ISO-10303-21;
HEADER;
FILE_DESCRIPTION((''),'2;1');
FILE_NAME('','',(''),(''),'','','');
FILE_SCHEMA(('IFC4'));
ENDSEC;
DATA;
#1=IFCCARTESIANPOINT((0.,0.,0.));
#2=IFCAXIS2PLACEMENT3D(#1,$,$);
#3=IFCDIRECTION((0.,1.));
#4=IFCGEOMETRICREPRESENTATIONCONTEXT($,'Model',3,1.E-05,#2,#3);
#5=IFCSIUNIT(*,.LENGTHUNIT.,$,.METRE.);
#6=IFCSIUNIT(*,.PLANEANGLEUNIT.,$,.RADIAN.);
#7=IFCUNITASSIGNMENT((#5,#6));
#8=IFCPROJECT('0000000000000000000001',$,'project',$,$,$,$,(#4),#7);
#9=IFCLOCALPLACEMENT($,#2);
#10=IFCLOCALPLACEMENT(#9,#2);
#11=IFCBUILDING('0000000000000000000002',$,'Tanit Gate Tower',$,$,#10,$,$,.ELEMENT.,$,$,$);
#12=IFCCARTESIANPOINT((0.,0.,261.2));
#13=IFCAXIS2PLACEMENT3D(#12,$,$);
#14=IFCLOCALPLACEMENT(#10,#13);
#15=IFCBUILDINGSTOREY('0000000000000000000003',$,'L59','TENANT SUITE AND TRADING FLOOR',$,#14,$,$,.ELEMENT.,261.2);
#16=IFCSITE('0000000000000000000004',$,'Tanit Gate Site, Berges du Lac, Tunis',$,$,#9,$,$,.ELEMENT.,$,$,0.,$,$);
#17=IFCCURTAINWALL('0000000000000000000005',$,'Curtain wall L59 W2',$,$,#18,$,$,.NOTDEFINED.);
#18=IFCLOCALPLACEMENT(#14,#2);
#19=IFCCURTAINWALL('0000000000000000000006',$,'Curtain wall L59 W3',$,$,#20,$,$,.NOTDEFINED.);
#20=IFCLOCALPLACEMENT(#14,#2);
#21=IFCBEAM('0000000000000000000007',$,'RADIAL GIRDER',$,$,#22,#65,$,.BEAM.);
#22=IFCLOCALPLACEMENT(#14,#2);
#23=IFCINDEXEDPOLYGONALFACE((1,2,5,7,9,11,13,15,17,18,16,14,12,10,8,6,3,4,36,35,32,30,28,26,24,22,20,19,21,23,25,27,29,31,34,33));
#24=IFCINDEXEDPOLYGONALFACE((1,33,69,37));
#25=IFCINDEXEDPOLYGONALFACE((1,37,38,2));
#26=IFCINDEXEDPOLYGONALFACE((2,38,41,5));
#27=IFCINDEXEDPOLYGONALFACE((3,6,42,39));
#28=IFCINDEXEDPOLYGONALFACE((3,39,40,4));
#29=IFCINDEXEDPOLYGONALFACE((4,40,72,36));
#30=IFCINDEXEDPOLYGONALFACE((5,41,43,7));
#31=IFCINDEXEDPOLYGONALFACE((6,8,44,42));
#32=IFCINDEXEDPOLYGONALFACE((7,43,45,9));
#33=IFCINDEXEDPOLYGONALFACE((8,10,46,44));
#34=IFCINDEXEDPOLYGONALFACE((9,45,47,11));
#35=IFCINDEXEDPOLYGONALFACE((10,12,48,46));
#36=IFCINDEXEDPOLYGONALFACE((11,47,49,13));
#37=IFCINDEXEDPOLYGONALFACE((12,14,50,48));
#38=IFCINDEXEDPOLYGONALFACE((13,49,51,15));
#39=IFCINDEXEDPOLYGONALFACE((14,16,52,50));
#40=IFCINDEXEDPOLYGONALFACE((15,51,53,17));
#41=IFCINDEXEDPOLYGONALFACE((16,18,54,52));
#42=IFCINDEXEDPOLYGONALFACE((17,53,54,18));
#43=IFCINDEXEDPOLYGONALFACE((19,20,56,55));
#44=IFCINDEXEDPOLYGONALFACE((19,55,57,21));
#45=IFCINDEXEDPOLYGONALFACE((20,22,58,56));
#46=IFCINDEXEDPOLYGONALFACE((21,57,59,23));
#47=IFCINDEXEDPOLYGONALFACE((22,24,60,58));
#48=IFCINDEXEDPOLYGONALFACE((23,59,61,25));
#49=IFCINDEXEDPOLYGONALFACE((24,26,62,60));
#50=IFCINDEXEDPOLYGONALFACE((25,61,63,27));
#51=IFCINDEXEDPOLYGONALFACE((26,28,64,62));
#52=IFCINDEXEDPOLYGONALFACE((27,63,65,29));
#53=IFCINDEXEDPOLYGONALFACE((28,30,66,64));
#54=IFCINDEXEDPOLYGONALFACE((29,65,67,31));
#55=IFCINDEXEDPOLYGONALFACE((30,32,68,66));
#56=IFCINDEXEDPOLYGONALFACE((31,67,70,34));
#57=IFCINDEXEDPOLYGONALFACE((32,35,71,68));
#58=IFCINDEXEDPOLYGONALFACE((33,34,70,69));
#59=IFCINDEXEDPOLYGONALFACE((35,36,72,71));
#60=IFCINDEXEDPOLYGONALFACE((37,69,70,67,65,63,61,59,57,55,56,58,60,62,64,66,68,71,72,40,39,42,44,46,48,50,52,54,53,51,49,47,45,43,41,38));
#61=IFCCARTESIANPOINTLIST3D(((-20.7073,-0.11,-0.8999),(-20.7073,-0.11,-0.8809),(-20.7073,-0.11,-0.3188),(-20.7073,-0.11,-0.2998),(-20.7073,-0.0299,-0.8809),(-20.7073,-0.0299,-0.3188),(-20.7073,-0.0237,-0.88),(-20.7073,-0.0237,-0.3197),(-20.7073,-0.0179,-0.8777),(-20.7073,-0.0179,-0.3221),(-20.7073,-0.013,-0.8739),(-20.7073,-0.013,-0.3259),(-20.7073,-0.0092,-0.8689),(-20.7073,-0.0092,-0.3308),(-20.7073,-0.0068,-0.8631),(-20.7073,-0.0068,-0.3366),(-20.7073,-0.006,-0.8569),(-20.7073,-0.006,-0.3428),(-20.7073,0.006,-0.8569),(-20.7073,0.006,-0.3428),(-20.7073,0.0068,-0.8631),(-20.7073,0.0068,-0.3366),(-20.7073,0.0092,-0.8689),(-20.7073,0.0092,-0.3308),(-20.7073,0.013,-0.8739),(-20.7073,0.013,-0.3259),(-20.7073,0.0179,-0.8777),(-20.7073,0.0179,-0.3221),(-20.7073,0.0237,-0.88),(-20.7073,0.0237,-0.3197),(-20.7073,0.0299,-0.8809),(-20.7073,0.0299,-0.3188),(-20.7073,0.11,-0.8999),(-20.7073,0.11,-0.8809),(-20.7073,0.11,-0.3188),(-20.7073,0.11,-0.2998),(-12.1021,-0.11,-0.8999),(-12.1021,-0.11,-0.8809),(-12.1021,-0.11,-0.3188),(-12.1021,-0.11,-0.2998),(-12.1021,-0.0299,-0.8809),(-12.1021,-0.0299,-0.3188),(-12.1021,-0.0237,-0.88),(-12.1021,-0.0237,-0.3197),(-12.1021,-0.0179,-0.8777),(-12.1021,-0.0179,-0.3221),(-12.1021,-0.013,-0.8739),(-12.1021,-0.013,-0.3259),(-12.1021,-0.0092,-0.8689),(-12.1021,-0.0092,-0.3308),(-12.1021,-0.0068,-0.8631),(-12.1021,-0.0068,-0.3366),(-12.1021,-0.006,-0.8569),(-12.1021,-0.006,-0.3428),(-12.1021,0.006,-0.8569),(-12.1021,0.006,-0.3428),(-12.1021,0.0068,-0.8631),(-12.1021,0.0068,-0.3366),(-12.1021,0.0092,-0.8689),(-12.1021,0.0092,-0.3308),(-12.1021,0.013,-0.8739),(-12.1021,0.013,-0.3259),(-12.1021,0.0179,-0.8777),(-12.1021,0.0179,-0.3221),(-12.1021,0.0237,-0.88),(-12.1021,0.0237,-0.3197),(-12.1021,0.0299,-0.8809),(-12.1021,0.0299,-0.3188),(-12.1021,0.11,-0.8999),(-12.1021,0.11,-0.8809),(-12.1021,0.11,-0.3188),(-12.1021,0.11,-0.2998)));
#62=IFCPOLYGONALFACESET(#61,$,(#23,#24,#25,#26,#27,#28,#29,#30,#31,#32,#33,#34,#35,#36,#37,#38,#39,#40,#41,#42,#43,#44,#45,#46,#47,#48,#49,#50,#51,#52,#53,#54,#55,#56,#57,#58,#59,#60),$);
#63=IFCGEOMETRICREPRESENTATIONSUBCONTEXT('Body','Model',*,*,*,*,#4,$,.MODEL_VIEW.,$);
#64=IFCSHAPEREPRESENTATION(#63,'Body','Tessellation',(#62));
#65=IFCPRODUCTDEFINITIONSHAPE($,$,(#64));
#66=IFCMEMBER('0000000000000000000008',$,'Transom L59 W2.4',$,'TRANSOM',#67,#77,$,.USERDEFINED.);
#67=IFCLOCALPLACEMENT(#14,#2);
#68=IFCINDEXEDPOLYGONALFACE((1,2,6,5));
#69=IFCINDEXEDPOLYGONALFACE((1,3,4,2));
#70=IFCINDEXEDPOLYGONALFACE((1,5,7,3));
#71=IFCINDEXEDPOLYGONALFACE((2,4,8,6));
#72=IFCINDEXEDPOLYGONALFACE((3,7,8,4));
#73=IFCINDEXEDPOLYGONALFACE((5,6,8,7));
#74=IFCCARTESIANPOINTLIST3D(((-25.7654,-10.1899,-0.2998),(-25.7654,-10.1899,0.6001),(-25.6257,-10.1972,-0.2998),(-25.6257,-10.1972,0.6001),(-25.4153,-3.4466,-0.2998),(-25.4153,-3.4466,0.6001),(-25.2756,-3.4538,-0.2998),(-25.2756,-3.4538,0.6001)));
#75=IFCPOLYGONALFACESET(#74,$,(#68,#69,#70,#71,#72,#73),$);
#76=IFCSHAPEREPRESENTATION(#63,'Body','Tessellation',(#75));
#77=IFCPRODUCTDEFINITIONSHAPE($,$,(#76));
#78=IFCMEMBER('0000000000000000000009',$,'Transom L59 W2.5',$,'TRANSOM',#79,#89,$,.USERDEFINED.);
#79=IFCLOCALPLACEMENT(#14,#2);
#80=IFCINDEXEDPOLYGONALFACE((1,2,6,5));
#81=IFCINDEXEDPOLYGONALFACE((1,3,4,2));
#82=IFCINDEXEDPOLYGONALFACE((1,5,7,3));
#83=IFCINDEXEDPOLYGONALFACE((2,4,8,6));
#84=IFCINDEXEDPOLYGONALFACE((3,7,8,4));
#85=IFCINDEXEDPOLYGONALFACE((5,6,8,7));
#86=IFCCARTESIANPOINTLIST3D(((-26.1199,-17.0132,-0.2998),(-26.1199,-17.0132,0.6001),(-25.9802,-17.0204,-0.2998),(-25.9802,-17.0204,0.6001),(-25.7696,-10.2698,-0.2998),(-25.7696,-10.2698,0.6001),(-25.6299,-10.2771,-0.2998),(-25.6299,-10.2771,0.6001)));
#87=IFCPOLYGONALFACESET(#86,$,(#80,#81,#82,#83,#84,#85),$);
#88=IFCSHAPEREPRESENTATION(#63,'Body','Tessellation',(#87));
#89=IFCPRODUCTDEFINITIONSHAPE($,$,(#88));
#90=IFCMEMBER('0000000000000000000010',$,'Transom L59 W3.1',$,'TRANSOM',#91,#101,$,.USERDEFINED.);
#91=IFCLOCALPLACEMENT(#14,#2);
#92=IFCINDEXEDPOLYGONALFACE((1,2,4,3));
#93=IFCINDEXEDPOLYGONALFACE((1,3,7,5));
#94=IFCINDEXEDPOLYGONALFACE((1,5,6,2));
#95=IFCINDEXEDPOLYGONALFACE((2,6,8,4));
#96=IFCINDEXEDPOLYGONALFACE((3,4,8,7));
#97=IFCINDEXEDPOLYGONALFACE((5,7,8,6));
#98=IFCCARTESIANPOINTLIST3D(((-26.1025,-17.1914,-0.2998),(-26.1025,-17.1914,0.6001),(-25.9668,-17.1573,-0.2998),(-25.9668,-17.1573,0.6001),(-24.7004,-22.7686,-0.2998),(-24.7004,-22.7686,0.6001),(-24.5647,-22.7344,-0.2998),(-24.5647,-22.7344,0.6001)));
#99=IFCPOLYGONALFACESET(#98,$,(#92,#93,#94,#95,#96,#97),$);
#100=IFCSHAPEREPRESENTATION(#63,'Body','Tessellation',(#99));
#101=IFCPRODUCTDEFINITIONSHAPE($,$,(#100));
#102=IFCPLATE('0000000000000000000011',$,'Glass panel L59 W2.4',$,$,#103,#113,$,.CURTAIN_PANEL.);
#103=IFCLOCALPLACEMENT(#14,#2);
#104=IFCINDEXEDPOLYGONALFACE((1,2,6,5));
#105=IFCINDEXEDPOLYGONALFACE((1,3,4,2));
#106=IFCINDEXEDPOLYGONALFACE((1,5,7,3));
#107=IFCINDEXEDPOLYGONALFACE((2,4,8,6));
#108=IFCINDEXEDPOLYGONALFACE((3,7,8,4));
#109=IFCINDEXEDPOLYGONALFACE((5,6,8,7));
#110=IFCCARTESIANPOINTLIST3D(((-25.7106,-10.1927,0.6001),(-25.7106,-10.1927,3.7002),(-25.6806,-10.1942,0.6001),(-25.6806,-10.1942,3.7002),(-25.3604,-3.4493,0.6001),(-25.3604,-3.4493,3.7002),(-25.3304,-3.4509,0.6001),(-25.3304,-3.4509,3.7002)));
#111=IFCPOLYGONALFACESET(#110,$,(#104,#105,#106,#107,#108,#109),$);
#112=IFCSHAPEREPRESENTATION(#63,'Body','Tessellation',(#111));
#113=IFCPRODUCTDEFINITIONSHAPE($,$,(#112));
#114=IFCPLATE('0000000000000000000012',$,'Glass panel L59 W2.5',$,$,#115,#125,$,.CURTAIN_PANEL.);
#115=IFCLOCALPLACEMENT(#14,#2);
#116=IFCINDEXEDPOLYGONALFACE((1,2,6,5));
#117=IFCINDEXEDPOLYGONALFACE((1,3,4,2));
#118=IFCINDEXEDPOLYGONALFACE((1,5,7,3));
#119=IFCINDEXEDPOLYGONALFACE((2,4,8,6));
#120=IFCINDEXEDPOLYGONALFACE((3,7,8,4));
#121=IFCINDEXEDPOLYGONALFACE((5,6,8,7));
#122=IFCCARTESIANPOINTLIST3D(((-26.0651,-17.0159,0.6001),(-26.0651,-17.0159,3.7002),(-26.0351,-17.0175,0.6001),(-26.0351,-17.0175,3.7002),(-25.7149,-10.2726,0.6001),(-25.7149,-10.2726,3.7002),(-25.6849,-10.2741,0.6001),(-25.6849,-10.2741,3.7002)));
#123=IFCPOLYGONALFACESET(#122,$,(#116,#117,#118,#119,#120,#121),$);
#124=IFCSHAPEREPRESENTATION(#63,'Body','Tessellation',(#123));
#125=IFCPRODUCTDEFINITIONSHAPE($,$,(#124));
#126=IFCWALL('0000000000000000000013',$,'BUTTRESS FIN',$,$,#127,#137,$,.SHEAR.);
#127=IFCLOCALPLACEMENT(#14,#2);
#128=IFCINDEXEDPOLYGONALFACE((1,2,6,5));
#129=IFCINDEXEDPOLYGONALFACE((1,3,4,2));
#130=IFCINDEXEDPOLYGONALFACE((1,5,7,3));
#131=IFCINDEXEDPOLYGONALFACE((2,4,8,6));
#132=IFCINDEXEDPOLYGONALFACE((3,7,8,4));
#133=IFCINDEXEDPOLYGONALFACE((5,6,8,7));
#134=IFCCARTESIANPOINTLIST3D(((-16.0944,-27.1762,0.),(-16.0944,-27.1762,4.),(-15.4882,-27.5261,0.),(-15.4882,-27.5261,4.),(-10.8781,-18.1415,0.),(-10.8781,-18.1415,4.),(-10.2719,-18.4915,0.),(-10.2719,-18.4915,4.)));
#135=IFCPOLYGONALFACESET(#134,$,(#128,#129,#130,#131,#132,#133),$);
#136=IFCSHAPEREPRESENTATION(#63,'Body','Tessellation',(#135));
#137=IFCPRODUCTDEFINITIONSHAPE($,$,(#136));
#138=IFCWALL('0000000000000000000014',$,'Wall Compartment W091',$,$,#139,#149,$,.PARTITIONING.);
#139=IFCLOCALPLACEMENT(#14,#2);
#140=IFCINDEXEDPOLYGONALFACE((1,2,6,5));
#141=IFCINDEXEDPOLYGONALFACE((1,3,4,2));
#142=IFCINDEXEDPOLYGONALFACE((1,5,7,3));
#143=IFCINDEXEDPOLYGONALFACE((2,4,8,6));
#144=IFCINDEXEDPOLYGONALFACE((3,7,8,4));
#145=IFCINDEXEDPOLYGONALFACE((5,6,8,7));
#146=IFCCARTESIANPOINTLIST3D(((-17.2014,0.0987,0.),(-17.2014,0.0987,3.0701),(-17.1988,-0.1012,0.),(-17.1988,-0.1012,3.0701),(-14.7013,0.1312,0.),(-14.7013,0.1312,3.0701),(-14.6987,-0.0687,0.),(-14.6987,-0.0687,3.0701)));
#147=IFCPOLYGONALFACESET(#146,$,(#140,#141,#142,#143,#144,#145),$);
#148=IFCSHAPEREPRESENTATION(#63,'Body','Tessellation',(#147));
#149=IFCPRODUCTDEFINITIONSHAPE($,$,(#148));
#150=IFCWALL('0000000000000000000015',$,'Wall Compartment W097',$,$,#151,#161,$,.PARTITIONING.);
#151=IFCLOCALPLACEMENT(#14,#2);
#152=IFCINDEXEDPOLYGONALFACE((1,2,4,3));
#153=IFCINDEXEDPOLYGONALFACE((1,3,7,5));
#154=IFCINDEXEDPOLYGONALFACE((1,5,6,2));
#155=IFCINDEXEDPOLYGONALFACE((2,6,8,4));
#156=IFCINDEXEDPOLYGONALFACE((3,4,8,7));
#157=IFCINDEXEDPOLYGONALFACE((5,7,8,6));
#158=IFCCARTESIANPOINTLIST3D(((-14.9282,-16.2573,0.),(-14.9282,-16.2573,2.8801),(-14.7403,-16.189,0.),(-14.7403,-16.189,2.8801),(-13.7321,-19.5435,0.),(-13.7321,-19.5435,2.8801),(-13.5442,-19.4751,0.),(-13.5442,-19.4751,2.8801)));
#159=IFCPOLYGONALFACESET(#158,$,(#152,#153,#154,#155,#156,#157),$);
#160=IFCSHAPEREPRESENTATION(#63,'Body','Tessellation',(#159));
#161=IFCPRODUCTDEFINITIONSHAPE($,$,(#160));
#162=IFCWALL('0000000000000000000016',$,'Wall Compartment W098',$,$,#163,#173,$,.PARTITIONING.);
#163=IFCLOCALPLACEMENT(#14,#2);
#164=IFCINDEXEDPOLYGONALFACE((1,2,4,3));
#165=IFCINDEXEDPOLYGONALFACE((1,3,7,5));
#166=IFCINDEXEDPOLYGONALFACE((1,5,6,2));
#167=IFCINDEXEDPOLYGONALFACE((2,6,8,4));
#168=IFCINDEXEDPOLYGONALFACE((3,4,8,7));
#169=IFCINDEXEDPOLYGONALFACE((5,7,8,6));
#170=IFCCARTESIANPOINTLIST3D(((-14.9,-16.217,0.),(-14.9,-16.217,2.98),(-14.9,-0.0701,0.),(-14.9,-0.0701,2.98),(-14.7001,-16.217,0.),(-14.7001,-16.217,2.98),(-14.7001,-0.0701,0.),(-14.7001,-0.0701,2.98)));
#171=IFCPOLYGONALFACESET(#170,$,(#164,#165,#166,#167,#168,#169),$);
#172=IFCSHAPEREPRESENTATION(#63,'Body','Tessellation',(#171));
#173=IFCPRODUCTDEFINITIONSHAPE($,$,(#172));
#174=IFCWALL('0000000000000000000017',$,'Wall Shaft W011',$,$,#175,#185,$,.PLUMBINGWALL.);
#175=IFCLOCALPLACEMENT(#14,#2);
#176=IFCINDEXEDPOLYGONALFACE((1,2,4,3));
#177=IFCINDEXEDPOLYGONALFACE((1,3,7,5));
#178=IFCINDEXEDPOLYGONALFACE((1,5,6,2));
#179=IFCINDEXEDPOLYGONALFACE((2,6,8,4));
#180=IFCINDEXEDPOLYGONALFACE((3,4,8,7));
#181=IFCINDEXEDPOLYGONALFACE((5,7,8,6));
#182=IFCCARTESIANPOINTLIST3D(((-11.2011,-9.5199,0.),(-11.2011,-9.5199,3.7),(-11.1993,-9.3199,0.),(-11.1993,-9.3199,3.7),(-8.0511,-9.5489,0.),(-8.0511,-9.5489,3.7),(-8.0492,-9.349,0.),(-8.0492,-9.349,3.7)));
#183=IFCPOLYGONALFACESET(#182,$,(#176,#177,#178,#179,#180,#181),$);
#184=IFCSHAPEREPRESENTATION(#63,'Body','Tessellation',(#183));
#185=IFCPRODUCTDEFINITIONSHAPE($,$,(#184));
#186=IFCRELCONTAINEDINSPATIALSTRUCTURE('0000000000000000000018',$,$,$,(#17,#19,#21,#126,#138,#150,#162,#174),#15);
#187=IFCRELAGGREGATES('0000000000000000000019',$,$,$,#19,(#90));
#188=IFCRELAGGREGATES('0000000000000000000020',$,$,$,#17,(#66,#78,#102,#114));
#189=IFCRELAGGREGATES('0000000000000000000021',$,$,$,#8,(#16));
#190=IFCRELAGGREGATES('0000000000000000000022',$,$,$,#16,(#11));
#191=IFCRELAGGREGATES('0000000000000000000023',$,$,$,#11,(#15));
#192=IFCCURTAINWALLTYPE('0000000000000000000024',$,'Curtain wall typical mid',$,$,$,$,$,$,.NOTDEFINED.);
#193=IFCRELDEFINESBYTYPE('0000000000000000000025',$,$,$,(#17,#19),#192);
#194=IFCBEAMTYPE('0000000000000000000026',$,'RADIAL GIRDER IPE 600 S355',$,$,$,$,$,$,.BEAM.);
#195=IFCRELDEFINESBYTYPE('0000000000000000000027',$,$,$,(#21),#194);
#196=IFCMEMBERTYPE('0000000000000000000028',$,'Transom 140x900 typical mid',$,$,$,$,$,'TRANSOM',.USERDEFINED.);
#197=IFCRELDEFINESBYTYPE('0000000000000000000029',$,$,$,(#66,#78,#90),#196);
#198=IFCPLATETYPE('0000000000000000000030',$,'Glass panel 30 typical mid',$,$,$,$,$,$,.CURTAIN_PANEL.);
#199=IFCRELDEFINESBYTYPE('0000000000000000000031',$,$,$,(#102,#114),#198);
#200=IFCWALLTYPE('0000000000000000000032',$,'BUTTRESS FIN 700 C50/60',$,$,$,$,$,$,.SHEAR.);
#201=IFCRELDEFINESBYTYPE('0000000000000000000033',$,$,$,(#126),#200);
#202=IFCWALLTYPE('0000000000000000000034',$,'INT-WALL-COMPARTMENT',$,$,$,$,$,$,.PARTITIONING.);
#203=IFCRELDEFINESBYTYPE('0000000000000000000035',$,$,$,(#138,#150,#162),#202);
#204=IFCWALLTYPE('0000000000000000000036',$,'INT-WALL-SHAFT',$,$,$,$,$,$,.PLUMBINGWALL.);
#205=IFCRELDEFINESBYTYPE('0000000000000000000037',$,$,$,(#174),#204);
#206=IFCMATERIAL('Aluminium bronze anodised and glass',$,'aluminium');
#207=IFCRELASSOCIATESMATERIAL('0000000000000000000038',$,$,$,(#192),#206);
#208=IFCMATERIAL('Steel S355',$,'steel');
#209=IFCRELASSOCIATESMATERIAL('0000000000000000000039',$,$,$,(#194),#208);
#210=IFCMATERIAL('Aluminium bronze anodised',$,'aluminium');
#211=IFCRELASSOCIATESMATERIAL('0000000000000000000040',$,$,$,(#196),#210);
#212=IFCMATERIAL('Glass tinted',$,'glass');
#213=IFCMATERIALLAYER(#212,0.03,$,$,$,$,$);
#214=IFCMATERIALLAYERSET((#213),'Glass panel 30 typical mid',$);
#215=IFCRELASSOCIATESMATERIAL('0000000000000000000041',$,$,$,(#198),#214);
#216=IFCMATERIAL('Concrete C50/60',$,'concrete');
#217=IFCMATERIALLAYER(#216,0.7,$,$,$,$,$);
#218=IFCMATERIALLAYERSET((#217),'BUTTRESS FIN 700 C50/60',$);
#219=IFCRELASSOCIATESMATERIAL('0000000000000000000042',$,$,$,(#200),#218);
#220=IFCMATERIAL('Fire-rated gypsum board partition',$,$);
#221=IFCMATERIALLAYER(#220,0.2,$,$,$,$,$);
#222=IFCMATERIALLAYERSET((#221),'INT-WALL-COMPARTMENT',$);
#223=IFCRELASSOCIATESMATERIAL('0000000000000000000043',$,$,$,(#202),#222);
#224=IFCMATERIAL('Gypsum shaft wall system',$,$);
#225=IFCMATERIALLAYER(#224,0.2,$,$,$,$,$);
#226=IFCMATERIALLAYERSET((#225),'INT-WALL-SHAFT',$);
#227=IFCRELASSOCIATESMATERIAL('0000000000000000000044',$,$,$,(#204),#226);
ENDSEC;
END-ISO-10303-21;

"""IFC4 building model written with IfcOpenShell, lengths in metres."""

from ifc_helpers import new_model, si_unit, direction, frame, frame_2d, origin, origin_2d, place, context, subcontext, project, spatial, rectangle, i_section, extrude, material, layer, layer_set, material_profile, profile_set, type_object, element, aggregate, save


model = new_model("IFC4")

# Units and contexts
model_context = context("Model", 3, precision=1e-05, world=origin(), true_north=direction((0.0, 1.0)))
body_context = subcontext(model_context, "Body", "Model", "MODEL_VIEW")
ifc_project = project(units=[si_unit("LENGTHUNIT", "METRE"), si_unit("PLANEANGLEUNIT", "RADIAN")], contexts=[model_context])

# Site, building, storey
site_placement = place(None, origin())
site = spatial("IfcSite", under=ifc_project, at=site_placement, Name="Tanit Gate Site, Berges du Lac, Tunis", CompositionType="ELEMENT", RefElevation=0.0)
building_placement = place(site_placement, origin())
building = spatial("IfcBuilding", under=site, at=building_placement, Name="Tanit Gate Tower", CompositionType="ELEMENT")
storey_placement = place(building_placement, frame((0.0, 0.0, 261.2)))
storey = spatial("IfcBuildingStorey", under=building, at=storey_placement, Name="L59", Description="TENANT SUITE AND TRADING FLOOR", CompositionType="ELEMENT", Elevation=261.2)

# Curtain wall
ifc_material_1 = material(Name="Aluminium bronze anodised and glass", Category="aluminium")
curtain_wall_type = type_object("IfcCurtainWallType", Name="Curtain wall typical mid", PredefinedType="NOTDEFINED", material=ifc_material_1)
curtain_wall_1_placement = place(storey_placement, origin())
curtain_wall_1 = element("IfcCurtainWall", 1, at=curtain_wall_1_placement, inside=storey, type_object=curtain_wall_type, Name="Curtain wall L59 W2", PredefinedType="NOTDEFINED")

# Curtain wall
curtain_wall_2_placement = place(storey_placement, origin())
curtain_wall_2 = element("IfcCurtainWall", 2, at=curtain_wall_2_placement, inside=storey, type_object=curtain_wall_type, Name="Curtain wall L59 W3", PredefinedType="NOTDEFINED")

# Beam
ifc_material_2 = material(Name="Steel S355", Category="steel")
ifc_material_profile_1 = material_profile(ifc_material_2, i_section(OverallWidth=0.22, OverallDepth=0.6001, WebThickness=0.012, FlangeThickness=0.019, FilletRadius=0.0239, at=origin_2d()), Name="IPE 600")
ifc_profile_set_1 = profile_set([ifc_material_profile_1], Name="Steel S355")
beam_type_1 = type_object("IfcBeamType", Name="RADIAL GIRDER IPE 600 S355", PredefinedType="BEAM", material=ifc_profile_set_1)
beam_1_placement = place(storey_placement, frame((-20.7073, 0.0, -0.5999), z_axis=(1.0, 0.0, 0.0), x_axis=(0.0, 1.0, 0.0)))
element("IfcBeam", 3, at=beam_1_placement, inside=storey, type_object=beam_type_1, Name="RADIAL GIRDER", PredefinedType="BEAM", context=body_context, shape_type="SweptSolid", body=[
    extrude(i_section(OverallWidth=0.22, OverallDepth=0.6001, WebThickness=0.012, FlangeThickness=0.019, FilletRadius=0.0239, at=origin_2d()), origin(), (0.0, 0.0, 1.0), 8.6052),
])

# Members
ifc_material_3 = material(Name="Aluminium bronze anodised", Category="aluminium")
ifc_material_profile_2 = material_profile(ifc_material_3, rectangle(XDim=0.1399, YDim=0.8999, at=origin_2d()), Name="140x900 bronze transom")
ifc_profile_set_2 = profile_set([ifc_material_profile_2], Name="Aluminium bronze anodised")
member_type_1 = type_object("IfcMemberType", Name="Transom 140x900 typical mid", ElementType="TRANSOM", PredefinedType="USERDEFINED", material=ifc_profile_set_2)
member_1_placement = place(storey_placement, frame((-25.3455, -3.4502, 0.1501), z_axis=(-0.051847, -0.998655, 0.0), x_axis=(0.998655, -0.051847, 0.0)))
member_1 = element("IfcMember", 4, at=member_1_placement, type_object=member_type_1, Name="Transom L59 W2.4", ObjectType="TRANSOM", PredefinedType="USERDEFINED", context=body_context, shape_type="SweptSolid", body=[
    extrude(rectangle(XDim=0.1399, YDim=0.8999, at=origin_2d()), origin(), (0.0, 0.0, 1.0), 6.7524),
])
member_2_placement = place(storey_placement, frame((-25.6997, -10.2734, 0.1501), z_axis=(-0.051883, -0.998653, 0.0), x_axis=(0.998653, -0.051883, 0.0)))
member_2 = element("IfcMember", 5, at=member_2_placement, type_object=member_type_1, Name="Transom L59 W2.5", ObjectType="TRANSOM", PredefinedType="USERDEFINED", context=body_context, shape_type="SweptSolid", body=[
    extrude(rectangle(XDim=0.1399, YDim=0.8999, at=origin_2d()), origin(), (0.0, 0.0, 1.0), 6.7524),
])
member_3_placement = place(storey_placement, frame((-26.0347, -17.1743, 0.1501), z_axis=(0.243814, -0.969822, 0.0), x_axis=(0.969822, 0.243814, 0.0)))
member_3 = element("IfcMember", 6, at=member_3_placement, type_object=member_type_1, Name="Transom L59 W3.1", ObjectType="TRANSOM", PredefinedType="USERDEFINED", context=body_context, shape_type="SweptSolid", body=[
    extrude(rectangle(XDim=0.1399, YDim=0.8999, at=origin_2d()), origin(), (0.0, 0.0, 1.0), 5.7507),
])
aggregate(curtain_wall_2, [member_3])

# Plates
ifc_material_4 = material(Name="Glass tinted", Category="glass")
ifc_layer_1 = layer(ifc_material_4, 0.03)
ifc_layer_set_1 = layer_set([ifc_layer_1], Name="Glass panel 30 typical mid")
plate_type = type_object("IfcPlateType", Name="Glass panel 30 typical mid", PredefinedType="CURTAIN_PANEL", material=ifc_layer_set_1)
plate_1_placement = place(storey_placement, frame((-25.5205, -6.8218, 0.6001), z_axis=(0.0, 0.0, 1.0), x_axis=(-0.051865, -0.998654, 0.0)))
plate_1 = element("IfcPlate", 7, at=plate_1_placement, type_object=plate_type, Name="Glass panel L59 W2.4", PredefinedType="CURTAIN_PANEL", context=body_context, shape_type="SweptSolid", body=[
    extrude(rectangle(XDim=6.7524, YDim=0.03, at=origin_2d()), origin(), (0.0, 0.0, 1.0), 3.1001),
])
plate_2_placement = place(storey_placement, frame((-25.875, -13.645, 0.6001), z_axis=(0.0, 0.0, 1.0), x_axis=(-0.051865, -0.998654, 0.0)))
plate_2 = element("IfcPlate", 8, at=plate_2_placement, type_object=plate_type, Name="Glass panel L59 W2.5", PredefinedType="CURTAIN_PANEL", context=body_context, shape_type="SweptSolid", body=[
    extrude(rectangle(XDim=6.7524, YDim=0.03, at=origin_2d()), origin(), (0.0, 0.0, 1.0), 3.1001),
])
aggregate(curtain_wall_1, [member_1, member_2, plate_1, plate_2])

# Walls
ifc_material_5 = material(Name="Concrete C50/60", Category="concrete")
ifc_layer_2 = layer(ifc_material_5, 0.7)
ifc_layer_set_2 = layer_set([ifc_layer_2], Name="BUTTRESS FIN 700 C50/60")
wall_type_1 = type_object("IfcWallType", Name="BUTTRESS FIN 700 C50/60", PredefinedType="SHEAR", material=ifc_layer_set_2)
wall_1_placement = place(storey_placement, frame((-10.575, -18.3164, 0.0), z_axis=(0.0, 0.0, 1.0), x_axis=(-0.50001, -0.86602, 0.0)))
element("IfcWall", 9, at=wall_1_placement, inside=storey, type_object=wall_type_1, Name="BUTTRESS FIN", PredefinedType="SHEAR", context=body_context, shape_type="SweptSolid", body=[
    extrude(rectangle(XDim=10.4324, YDim=0.7, at=frame_2d((5.2163, 0.0))), origin(), (0.0, 0.0, 1.0), 4.0),
])
ifc_material_6 = material(Name="Fire-rated gypsum board partition")
ifc_layer_3 = layer(ifc_material_6, 0.2)
ifc_layer_set_3 = layer_set([ifc_layer_3], Name="INT-WALL-COMPARTMENT")
wall_type_2 = type_object("IfcWallType", Name="INT-WALL-COMPARTMENT", PredefinedType="PARTITIONING", material=ifc_layer_set_3)
wall_2_placement = place(storey_placement, frame((-17.2, -0.0012, 0.0), z_axis=(0.0, 0.0, 1.0), x_axis=(0.999916, 0.012987, 0.0)))
element("IfcWall", 10, at=wall_2_placement, inside=storey, type_object=wall_type_2, Name="Wall Compartment W091", PredefinedType="PARTITIONING", context=body_context, shape_type="SweptSolid", body=[
    extrude(rectangle(XDim=2.5002, YDim=0.2, at=frame_2d((1.25, 0.0))), origin(), (0.0, 0.0, 1.0), 3.0701),
])
wall_3_placement = place(storey_placement, frame((-14.8342, -16.2231, 0.0), z_axis=(0.0, 0.0, 1.0), x_axis=(0.342018, -0.939694, 0.0)))
element("IfcWall", 11, at=wall_3_placement, inside=storey, type_object=wall_type_2, Name="Wall Compartment W097", PredefinedType="PARTITIONING", context=body_context, shape_type="SweptSolid", body=[
    extrude(rectangle(XDim=3.4971, YDim=0.2, at=frame_2d((1.7485, 0.0))), origin(), (0.0, 0.0, 1.0), 2.8801),
])
wall_4_placement = place(storey_placement, frame((-14.8, -0.0701, 0.0), z_axis=(0.0, 0.0, 1.0), x_axis=(0.0, -1.0, 0.0)))
element("IfcWall", 12, at=wall_4_placement, inside=storey, type_object=wall_type_2, Name="Wall Compartment W098", PredefinedType="PARTITIONING", context=body_context, shape_type="SweptSolid", body=[
    extrude(rectangle(XDim=16.147, YDim=0.2, at=frame_2d((8.0735, 0.0))), origin(), (0.0, 0.0, 1.0), 2.98),
])
ifc_material_7 = material(Name="Gypsum shaft wall system")
ifc_layer_4 = layer(ifc_material_7, 0.2)
ifc_layer_set_4 = layer_set([ifc_layer_4], Name="INT-WALL-SHAFT")
wall_type_3 = type_object("IfcWallType", Name="INT-WALL-SHAFT", PredefinedType="PLUMBINGWALL", material=ifc_layer_set_4)
wall_5_placement = place(storey_placement, frame((-8.05, -9.449, 0.0), z_axis=(0.0, 0.0, 1.0), x_axis=(-0.999957, 0.009223, 0.0)))
element("IfcWall", 13, at=wall_5_placement, inside=storey, type_object=wall_type_3, Name="Wall Shaft W011", PredefinedType="PLUMBINGWALL", context=body_context, shape_type="SweptSolid", body=[
    extrude(rectangle(XDim=3.1501, YDim=0.2, at=frame_2d((1.5752, 0.0))), origin(), (0.0, 0.0, 1.0), 3.7),
])

save(model, "model.ifc")
